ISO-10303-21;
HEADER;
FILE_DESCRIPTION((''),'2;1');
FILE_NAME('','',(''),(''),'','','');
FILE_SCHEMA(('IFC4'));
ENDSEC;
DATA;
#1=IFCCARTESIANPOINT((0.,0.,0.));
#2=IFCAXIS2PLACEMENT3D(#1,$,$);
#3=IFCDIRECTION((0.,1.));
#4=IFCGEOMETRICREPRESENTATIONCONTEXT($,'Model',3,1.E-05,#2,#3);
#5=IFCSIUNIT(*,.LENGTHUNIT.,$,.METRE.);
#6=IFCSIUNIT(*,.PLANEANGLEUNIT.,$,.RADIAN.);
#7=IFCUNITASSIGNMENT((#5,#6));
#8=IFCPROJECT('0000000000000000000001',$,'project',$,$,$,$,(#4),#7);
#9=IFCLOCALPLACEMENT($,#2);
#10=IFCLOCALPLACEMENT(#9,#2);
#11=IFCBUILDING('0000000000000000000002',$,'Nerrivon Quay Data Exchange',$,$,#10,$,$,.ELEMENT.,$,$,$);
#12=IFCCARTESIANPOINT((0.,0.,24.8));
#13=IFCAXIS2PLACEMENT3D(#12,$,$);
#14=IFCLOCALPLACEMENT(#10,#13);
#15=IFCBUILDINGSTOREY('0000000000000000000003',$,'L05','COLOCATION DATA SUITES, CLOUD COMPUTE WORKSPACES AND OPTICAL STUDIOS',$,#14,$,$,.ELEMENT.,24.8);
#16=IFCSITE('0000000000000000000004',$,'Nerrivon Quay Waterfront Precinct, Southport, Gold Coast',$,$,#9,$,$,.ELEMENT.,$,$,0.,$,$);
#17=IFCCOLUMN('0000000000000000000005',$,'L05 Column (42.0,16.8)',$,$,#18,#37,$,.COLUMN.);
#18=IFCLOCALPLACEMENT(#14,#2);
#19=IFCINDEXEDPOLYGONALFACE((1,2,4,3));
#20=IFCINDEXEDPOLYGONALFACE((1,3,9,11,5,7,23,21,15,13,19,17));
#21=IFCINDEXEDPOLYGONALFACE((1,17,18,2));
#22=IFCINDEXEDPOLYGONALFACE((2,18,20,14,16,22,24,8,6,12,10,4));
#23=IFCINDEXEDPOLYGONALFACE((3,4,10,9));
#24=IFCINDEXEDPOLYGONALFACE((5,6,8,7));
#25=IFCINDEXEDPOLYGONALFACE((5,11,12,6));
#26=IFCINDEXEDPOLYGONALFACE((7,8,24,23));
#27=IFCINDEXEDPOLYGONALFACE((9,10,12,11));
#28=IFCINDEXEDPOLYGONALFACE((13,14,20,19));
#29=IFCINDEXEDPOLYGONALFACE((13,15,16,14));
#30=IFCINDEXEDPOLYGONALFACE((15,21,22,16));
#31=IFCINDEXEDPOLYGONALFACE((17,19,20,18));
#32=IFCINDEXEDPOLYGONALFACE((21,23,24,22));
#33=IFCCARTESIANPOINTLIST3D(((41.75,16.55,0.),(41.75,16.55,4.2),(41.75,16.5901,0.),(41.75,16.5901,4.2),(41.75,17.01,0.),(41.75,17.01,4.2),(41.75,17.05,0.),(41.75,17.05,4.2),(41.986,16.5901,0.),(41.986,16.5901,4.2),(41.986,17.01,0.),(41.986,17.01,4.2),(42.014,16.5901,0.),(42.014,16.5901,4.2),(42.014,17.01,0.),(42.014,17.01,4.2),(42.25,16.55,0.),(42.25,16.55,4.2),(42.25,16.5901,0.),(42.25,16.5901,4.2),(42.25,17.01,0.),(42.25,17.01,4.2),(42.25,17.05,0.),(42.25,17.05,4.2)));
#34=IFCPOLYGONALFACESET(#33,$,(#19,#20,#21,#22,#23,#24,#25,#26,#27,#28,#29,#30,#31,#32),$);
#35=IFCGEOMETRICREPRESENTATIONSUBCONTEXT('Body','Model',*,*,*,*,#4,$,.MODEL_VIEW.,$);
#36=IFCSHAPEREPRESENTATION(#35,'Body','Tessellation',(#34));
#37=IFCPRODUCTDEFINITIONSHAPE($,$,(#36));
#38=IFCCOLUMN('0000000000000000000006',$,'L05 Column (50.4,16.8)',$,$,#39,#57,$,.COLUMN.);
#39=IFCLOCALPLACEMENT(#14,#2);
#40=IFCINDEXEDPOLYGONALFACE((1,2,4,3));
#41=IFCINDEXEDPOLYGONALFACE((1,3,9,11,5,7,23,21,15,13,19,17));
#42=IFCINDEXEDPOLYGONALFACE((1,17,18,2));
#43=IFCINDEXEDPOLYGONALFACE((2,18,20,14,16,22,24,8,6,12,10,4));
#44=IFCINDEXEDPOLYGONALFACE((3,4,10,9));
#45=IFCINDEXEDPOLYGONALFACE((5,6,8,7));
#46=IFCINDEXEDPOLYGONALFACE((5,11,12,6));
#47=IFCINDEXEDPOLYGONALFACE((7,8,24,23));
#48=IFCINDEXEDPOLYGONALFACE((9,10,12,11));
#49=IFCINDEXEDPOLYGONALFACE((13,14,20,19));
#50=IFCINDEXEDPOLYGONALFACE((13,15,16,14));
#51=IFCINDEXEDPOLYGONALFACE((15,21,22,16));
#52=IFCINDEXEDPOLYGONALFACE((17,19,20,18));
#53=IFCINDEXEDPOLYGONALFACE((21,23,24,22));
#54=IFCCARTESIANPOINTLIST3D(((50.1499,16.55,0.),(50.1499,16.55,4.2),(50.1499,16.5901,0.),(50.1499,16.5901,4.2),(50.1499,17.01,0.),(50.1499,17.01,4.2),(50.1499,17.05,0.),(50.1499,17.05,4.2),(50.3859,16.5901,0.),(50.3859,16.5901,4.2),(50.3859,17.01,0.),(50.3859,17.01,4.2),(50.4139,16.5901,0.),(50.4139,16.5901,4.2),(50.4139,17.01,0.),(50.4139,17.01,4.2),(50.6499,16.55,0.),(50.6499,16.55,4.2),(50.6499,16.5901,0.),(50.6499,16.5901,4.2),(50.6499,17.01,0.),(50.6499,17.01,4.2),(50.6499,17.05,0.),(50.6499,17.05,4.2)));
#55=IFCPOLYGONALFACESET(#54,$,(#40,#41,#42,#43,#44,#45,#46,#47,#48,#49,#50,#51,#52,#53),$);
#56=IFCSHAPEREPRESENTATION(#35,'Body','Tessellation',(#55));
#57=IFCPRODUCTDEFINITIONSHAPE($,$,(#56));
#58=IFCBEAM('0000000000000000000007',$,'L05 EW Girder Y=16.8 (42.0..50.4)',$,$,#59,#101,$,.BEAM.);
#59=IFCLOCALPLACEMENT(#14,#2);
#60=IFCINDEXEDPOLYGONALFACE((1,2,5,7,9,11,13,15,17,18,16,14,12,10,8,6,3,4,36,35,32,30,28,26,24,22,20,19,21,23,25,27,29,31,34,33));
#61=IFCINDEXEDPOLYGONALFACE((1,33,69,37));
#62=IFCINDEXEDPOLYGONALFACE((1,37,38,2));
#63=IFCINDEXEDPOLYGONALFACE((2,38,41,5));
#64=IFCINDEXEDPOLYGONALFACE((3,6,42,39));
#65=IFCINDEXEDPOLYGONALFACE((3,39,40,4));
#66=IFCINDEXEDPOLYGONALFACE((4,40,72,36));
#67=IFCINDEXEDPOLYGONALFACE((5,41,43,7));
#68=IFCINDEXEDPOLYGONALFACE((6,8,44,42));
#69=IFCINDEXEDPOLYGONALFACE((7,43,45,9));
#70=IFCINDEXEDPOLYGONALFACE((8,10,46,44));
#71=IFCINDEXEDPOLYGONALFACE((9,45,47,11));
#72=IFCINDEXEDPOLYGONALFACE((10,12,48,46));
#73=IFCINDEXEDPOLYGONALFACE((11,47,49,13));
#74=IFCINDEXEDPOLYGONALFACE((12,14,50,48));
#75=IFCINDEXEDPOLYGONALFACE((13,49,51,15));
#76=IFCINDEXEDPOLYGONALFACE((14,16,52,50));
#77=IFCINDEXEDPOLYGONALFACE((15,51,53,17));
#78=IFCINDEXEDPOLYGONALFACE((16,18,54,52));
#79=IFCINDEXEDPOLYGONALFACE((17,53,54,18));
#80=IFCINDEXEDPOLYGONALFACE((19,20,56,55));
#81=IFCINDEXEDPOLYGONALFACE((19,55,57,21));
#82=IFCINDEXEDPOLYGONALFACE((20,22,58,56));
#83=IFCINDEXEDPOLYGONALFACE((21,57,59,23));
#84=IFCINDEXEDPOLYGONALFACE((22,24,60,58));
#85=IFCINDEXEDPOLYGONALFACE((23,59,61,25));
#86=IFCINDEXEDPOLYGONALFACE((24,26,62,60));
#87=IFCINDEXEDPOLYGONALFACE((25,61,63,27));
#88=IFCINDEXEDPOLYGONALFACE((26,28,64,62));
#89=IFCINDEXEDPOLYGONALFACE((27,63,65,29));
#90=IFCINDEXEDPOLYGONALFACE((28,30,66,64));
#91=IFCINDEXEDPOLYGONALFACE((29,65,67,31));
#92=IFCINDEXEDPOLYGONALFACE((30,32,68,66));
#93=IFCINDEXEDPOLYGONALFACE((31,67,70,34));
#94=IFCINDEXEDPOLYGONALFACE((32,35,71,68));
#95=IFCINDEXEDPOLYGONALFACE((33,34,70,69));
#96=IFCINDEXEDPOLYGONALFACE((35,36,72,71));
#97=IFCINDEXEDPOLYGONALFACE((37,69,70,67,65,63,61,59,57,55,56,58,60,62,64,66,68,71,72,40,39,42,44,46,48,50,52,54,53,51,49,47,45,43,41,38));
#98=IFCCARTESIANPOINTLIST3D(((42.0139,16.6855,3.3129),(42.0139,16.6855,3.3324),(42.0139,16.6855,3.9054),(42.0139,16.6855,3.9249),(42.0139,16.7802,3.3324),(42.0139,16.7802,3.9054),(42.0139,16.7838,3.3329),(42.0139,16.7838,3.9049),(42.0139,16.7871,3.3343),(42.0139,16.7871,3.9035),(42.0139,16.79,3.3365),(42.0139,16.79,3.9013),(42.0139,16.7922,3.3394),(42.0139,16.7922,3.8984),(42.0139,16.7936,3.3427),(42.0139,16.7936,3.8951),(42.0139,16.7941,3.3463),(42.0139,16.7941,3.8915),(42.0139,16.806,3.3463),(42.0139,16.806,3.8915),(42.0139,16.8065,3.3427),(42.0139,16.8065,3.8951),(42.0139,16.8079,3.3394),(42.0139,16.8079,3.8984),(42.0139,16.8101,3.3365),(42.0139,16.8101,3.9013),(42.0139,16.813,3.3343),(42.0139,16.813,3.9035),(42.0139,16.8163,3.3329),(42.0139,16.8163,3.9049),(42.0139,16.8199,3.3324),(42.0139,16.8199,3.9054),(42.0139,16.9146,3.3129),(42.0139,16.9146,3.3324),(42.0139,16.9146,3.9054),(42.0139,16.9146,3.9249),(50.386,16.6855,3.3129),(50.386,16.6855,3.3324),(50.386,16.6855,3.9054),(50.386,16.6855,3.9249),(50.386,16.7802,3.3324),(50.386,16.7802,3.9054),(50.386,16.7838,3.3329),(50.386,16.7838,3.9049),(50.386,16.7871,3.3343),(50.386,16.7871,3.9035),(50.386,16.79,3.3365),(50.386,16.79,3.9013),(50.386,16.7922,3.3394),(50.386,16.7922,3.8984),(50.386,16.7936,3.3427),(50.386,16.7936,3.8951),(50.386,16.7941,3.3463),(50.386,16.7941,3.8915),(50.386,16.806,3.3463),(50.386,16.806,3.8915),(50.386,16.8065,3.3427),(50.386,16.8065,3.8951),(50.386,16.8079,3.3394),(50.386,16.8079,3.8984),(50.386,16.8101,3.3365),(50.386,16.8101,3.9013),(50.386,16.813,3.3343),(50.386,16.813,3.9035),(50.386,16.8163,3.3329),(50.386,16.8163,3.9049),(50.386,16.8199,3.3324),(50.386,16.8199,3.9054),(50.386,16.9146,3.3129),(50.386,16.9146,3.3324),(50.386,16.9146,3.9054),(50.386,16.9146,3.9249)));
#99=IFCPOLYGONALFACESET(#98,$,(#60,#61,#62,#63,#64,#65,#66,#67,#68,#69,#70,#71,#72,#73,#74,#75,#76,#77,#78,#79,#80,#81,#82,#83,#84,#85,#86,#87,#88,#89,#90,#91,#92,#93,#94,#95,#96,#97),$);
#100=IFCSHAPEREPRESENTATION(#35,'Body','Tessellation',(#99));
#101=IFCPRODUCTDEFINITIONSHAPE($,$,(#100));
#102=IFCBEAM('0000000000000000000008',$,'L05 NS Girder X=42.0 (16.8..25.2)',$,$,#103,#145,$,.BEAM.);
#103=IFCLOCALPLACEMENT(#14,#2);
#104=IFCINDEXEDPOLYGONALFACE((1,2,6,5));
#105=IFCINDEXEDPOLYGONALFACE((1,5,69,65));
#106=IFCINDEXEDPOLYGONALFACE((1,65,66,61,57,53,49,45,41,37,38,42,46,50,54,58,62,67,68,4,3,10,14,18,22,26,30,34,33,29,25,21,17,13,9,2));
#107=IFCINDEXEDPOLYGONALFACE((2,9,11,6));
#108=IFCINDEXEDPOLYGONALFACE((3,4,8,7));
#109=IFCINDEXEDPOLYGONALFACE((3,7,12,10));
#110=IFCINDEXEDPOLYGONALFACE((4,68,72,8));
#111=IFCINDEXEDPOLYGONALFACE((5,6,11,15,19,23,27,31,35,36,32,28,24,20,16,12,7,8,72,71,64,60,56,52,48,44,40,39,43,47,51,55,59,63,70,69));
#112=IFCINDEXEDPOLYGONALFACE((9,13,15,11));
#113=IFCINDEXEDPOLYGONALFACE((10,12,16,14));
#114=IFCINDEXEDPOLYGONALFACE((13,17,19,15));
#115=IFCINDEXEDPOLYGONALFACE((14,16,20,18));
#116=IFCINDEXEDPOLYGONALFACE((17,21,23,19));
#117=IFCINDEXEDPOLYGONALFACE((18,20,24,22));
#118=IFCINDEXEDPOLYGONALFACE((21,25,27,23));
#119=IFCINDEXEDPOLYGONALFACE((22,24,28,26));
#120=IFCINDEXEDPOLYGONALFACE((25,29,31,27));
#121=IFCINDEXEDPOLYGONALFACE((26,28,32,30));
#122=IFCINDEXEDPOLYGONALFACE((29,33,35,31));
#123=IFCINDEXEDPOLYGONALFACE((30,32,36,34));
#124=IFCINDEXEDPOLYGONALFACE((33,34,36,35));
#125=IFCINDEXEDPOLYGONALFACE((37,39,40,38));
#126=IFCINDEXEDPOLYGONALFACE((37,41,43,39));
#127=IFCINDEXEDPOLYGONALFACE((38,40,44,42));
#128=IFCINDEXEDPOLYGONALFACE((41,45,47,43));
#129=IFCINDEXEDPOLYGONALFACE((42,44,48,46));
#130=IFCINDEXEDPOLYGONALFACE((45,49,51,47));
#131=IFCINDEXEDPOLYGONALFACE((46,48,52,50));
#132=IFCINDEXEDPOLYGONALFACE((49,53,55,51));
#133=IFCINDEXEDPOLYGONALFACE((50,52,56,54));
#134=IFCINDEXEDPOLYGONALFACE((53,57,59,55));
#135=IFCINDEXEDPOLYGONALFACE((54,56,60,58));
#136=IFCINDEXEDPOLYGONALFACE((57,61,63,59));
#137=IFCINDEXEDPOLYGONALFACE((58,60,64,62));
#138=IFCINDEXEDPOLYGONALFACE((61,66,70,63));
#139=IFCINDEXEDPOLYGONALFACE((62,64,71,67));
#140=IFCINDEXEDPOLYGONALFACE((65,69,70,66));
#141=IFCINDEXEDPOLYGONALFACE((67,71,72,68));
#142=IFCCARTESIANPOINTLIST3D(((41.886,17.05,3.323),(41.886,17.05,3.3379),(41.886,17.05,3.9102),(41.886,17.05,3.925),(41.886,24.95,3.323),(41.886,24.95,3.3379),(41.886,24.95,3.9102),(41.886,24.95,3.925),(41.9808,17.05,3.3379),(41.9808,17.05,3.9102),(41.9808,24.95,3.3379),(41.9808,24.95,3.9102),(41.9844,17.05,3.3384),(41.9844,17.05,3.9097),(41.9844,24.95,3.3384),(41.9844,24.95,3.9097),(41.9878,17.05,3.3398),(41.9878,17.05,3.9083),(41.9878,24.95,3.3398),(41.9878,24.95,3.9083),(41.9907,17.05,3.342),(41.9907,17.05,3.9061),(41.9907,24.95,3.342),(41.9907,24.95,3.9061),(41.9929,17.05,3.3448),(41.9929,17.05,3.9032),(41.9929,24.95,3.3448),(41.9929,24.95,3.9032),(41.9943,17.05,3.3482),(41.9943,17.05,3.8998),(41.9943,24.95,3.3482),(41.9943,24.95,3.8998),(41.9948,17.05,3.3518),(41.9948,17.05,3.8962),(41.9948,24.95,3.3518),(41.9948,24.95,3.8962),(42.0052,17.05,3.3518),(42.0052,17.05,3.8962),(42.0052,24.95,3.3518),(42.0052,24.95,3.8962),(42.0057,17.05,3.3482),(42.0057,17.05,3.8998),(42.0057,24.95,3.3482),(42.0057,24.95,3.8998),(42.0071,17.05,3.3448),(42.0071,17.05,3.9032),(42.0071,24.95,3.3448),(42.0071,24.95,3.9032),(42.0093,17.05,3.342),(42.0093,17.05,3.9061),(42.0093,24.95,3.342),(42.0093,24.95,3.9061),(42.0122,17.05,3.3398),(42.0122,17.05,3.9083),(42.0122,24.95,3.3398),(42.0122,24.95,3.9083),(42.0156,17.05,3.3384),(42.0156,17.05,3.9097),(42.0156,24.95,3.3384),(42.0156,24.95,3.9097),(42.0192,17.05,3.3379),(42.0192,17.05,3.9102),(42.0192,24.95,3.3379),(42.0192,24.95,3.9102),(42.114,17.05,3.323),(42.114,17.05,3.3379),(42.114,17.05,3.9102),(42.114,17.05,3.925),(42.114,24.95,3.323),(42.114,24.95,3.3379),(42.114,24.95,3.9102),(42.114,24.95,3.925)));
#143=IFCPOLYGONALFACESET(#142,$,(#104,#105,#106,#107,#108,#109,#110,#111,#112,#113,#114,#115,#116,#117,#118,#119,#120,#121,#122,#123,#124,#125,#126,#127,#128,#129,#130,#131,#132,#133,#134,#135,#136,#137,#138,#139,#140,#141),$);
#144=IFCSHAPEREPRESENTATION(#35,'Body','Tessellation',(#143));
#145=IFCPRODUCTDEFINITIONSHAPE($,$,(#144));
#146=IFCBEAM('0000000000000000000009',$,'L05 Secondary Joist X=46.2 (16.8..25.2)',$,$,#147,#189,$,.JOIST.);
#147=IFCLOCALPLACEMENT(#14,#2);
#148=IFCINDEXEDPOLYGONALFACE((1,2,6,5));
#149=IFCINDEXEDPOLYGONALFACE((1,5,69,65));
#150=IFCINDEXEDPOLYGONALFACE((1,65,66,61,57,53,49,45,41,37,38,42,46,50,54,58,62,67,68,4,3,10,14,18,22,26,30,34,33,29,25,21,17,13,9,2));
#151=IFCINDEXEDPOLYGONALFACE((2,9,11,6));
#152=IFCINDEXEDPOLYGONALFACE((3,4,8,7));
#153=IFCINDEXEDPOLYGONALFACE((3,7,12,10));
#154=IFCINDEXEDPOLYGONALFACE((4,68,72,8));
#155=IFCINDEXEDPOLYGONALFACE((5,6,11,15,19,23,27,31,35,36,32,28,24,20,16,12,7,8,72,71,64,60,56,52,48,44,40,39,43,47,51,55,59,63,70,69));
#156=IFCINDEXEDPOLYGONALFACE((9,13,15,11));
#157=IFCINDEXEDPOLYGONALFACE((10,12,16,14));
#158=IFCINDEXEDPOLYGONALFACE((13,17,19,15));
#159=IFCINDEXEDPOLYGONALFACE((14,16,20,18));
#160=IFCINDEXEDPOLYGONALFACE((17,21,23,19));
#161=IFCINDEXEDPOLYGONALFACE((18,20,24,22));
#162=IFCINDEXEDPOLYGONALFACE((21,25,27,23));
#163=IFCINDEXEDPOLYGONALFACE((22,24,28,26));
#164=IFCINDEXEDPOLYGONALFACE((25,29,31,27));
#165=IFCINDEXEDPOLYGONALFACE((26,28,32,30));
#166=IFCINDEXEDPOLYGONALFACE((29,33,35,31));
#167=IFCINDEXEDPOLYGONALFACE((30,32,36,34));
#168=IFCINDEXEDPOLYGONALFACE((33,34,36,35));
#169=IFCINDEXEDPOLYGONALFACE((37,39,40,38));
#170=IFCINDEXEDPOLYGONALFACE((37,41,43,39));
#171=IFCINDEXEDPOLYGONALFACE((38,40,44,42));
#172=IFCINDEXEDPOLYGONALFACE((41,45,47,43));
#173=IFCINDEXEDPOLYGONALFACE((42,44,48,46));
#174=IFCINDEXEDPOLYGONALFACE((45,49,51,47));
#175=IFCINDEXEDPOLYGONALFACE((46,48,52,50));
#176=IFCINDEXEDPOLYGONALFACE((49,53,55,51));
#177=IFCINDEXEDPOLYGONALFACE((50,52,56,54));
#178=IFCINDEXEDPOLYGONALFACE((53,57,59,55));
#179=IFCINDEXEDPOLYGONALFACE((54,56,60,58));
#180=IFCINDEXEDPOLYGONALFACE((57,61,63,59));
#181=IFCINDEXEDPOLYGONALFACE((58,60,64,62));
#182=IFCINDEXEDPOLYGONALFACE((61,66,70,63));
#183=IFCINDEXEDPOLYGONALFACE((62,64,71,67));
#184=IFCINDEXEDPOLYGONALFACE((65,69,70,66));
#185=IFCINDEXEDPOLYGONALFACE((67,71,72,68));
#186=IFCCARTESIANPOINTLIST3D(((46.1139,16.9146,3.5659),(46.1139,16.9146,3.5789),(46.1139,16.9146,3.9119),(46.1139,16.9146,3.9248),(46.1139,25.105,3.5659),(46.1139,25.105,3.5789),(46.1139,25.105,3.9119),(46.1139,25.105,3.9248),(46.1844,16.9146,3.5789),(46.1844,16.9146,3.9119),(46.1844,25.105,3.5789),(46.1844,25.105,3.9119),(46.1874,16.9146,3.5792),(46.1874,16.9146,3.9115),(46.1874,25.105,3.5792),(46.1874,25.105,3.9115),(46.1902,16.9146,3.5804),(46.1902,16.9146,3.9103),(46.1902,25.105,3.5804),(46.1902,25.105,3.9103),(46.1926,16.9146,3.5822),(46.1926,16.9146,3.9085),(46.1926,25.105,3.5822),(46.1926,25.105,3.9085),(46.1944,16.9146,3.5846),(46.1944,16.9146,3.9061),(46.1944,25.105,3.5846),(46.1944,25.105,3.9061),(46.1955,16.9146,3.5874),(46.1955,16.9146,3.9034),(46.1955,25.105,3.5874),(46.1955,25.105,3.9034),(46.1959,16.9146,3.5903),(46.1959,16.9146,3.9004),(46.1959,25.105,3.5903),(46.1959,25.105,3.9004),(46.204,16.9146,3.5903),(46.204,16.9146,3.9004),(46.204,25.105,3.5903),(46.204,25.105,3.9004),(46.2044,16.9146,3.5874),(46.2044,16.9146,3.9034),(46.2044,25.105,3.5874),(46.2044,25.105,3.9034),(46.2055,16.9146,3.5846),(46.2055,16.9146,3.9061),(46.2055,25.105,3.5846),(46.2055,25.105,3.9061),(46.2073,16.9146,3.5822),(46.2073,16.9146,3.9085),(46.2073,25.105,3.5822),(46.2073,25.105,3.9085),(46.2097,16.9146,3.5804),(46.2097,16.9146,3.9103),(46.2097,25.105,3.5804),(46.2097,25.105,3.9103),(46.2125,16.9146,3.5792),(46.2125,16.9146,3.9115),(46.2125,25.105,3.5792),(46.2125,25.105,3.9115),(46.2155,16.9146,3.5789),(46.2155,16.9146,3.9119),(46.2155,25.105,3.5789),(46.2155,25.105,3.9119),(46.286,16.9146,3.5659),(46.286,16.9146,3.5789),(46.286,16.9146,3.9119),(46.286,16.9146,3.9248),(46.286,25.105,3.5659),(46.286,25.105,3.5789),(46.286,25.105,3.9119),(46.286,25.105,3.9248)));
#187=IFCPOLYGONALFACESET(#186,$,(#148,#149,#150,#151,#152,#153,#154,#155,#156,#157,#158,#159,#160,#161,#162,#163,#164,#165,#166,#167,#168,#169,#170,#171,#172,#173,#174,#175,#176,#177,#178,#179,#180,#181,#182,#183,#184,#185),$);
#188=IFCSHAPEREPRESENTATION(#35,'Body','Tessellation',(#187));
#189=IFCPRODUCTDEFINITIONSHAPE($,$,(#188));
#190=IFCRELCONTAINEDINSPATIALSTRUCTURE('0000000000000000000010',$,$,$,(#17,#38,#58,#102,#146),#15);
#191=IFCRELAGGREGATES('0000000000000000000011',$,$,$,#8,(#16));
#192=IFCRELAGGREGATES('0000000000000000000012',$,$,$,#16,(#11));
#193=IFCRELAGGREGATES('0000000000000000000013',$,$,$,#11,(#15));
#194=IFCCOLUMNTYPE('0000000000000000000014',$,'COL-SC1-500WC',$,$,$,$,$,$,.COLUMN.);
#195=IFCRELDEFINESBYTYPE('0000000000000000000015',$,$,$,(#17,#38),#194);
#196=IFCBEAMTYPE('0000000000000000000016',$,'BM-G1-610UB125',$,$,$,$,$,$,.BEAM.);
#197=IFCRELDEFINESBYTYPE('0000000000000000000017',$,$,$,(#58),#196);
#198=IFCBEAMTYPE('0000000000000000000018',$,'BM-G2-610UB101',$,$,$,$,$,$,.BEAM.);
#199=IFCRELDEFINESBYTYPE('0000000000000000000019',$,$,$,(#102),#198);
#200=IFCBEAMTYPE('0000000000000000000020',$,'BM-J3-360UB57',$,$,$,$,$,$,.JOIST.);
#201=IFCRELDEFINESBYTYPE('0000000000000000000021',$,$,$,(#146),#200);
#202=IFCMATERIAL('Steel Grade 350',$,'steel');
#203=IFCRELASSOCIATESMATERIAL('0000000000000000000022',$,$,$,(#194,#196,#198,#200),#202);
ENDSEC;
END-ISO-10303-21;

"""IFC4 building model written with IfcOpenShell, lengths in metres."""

from ifc_helpers import new_model, si_unit, direction, frame, origin, origin_2d, place, context, subcontext, project, spatial, i_section, extrude, material, material_profile, profile_set, type_object, element, save


model = new_model("IFC4")

# Units and contexts
model_context = context("Model", 3, precision=1e-05, world=origin(), true_north=direction((0.0, 1.0)))
body_context = subcontext(model_context, "Body", "Model", "MODEL_VIEW")
ifc_project = project(units=[si_unit("LENGTHUNIT", "METRE"), si_unit("PLANEANGLEUNIT", "RADIAN")], contexts=[model_context])

# Site, building, storey
site_placement = place(None, origin())
site = spatial("IfcSite", under=ifc_project, at=site_placement, Name="Nerrivon Quay Waterfront Precinct, Southport, Gold Coast", CompositionType="ELEMENT", RefElevation=0.0)
building_placement = place(site_placement, origin())
building = spatial("IfcBuilding", under=site, at=building_placement, Name="Nerrivon Quay Data Exchange", CompositionType="ELEMENT")
storey_placement = place(building_placement, frame((0.0, 0.0, 24.8)))
storey = spatial("IfcBuildingStorey", under=building, at=storey_placement, Name="L05", Description="COLOCATION DATA SUITES, CLOUD COMPUTE WORKSPACES AND OPTICAL STUDIOS", CompositionType="ELEMENT", Elevation=24.8)

# Columns
ifc_material_1 = material(Name="Steel Grade 350", Category="steel")
ifc_material_profile_1 = material_profile(ifc_material_1, i_section(OverallWidth=0.5, OverallDepth=0.5, WebThickness=0.0281, FlangeThickness=0.04, at=origin_2d()), Name="500WC440")
ifc_profile_set_1 = profile_set([ifc_material_profile_1], Name="Steel Grade 350")
column_type = type_object("IfcColumnType", Name="COL-SC1-500WC", PredefinedType="COLUMN", material=ifc_profile_set_1)
for number, where, z_axis, x_axis, name in (
    (1, (42.0, 16.8, 0.0), (0.0, 0.0, 1.0), (1.0, 0.0, 0.0), "L05 Column (42.0,16.8)"),
    (2, (50.3999, 16.8, 0.0), (0.0, 0.0, 1.0), (1.0, 0.0, 0.0), "L05 Column (50.4,16.8)"),
):
    element("IfcColumn", number, at=place(storey_placement, frame(where, z_axis=z_axis, x_axis=x_axis)), inside=storey, type_object=column_type, Name=name, PredefinedType="COLUMN", context=body_context, shape_type="SweptSolid", body=[
        extrude(i_section(OverallWidth=0.5, OverallDepth=0.5, WebThickness=0.0281, FlangeThickness=0.04, at=origin_2d()), origin(), (0.0, 0.0, 1.0), 4.2),
    ])

# Beams
ifc_material_profile_2 = material_profile(ifc_material_1, i_section(OverallWidth=0.229, OverallDepth=0.6121, WebThickness=0.012, FlangeThickness=0.0195, FilletRadius=0.0139, at=origin_2d()), Name="610UB125")
ifc_profile_set_2 = profile_set([ifc_material_profile_2], Name="Steel Grade 350")
beam_type_1 = type_object("IfcBeamType", Name="BM-G1-610UB125", PredefinedType="BEAM", material=ifc_profile_set_2)
beam_1_placement = place(storey_placement, frame((42.0139, 16.8, 3.6189), z_axis=(1.0, 0.0, 0.0), x_axis=(0.0, 1.0, 0.0)))
element("IfcBeam", 3, at=beam_1_placement, inside=storey, type_object=beam_type_1, Name="L05 EW Girder Y=16.8 (42.0..50.4)", PredefinedType="BEAM", context=body_context, shape_type="SweptSolid", body=[
    extrude(i_section(OverallWidth=0.229, OverallDepth=0.6121, WebThickness=0.012, FlangeThickness=0.0195, FilletRadius=0.0139, at=origin_2d()), origin(), (0.0, 0.0, 1.0), 8.3721),
])
ifc_material_profile_3 = material_profile(ifc_material_1, i_section(OverallWidth=0.228, OverallDepth=0.6021, WebThickness=0.0105, FlangeThickness=0.0149, FilletRadius=0.0139, at=origin_2d()), Name="610UB101")
ifc_profile_set_3 = profile_set([ifc_material_profile_3], Name="Steel Grade 350")
beam_type_2 = type_object("IfcBeamType", Name="BM-G2-610UB101", PredefinedType="BEAM", material=ifc_profile_set_3)
beam_2_placement = place(storey_placement, frame((42.0, 17.05, 3.624), z_axis=(0.0, 1.0, 0.0), x_axis=(-1.0, 0.0, 0.0)))
element("IfcBeam", 4, at=beam_2_placement, inside=storey, type_object=beam_type_2, Name="L05 NS Girder X=42.0 (16.8..25.2)", PredefinedType="BEAM", context=body_context, shape_type="SweptSolid", body=[
    extrude(i_section(OverallWidth=0.228, OverallDepth=0.6021, WebThickness=0.0105, FlangeThickness=0.0149, FilletRadius=0.0139, at=origin_2d()), origin(), (0.0, 0.0, 1.0), 7.8999),
])
ifc_material_profile_4 = material_profile(ifc_material_1, i_section(OverallWidth=0.1721, OverallDepth=0.3589, WebThickness=0.0081, FlangeThickness=0.0129, FilletRadius=0.0115, at=origin_2d()), Name="360UB56.7")
ifc_profile_set_4 = profile_set([ifc_material_profile_4], Name="Steel Grade 350")
beam_type_3 = type_object("IfcBeamType", Name="BM-J3-360UB57", PredefinedType="JOIST", material=ifc_profile_set_4)
beam_3_placement = place(storey_placement, frame((46.2, 16.9146, 3.7454), z_axis=(0.0, 1.0, 0.0), x_axis=(-1.0, 0.0, 0.0)))
element("IfcBeam", 5, at=beam_3_placement, inside=storey, type_object=beam_type_3, Name="L05 Secondary Joist X=46.2 (16.8..25.2)", PredefinedType="JOIST", context=body_context, shape_type="SweptSolid", body=[
    extrude(i_section(OverallWidth=0.1721, OverallDepth=0.3589, WebThickness=0.0081, FlangeThickness=0.0129, FilletRadius=0.0115, at=origin_2d()), origin(), (0.0, 0.0, 1.0), 8.1904),
])

save(model, "model.ifc")
